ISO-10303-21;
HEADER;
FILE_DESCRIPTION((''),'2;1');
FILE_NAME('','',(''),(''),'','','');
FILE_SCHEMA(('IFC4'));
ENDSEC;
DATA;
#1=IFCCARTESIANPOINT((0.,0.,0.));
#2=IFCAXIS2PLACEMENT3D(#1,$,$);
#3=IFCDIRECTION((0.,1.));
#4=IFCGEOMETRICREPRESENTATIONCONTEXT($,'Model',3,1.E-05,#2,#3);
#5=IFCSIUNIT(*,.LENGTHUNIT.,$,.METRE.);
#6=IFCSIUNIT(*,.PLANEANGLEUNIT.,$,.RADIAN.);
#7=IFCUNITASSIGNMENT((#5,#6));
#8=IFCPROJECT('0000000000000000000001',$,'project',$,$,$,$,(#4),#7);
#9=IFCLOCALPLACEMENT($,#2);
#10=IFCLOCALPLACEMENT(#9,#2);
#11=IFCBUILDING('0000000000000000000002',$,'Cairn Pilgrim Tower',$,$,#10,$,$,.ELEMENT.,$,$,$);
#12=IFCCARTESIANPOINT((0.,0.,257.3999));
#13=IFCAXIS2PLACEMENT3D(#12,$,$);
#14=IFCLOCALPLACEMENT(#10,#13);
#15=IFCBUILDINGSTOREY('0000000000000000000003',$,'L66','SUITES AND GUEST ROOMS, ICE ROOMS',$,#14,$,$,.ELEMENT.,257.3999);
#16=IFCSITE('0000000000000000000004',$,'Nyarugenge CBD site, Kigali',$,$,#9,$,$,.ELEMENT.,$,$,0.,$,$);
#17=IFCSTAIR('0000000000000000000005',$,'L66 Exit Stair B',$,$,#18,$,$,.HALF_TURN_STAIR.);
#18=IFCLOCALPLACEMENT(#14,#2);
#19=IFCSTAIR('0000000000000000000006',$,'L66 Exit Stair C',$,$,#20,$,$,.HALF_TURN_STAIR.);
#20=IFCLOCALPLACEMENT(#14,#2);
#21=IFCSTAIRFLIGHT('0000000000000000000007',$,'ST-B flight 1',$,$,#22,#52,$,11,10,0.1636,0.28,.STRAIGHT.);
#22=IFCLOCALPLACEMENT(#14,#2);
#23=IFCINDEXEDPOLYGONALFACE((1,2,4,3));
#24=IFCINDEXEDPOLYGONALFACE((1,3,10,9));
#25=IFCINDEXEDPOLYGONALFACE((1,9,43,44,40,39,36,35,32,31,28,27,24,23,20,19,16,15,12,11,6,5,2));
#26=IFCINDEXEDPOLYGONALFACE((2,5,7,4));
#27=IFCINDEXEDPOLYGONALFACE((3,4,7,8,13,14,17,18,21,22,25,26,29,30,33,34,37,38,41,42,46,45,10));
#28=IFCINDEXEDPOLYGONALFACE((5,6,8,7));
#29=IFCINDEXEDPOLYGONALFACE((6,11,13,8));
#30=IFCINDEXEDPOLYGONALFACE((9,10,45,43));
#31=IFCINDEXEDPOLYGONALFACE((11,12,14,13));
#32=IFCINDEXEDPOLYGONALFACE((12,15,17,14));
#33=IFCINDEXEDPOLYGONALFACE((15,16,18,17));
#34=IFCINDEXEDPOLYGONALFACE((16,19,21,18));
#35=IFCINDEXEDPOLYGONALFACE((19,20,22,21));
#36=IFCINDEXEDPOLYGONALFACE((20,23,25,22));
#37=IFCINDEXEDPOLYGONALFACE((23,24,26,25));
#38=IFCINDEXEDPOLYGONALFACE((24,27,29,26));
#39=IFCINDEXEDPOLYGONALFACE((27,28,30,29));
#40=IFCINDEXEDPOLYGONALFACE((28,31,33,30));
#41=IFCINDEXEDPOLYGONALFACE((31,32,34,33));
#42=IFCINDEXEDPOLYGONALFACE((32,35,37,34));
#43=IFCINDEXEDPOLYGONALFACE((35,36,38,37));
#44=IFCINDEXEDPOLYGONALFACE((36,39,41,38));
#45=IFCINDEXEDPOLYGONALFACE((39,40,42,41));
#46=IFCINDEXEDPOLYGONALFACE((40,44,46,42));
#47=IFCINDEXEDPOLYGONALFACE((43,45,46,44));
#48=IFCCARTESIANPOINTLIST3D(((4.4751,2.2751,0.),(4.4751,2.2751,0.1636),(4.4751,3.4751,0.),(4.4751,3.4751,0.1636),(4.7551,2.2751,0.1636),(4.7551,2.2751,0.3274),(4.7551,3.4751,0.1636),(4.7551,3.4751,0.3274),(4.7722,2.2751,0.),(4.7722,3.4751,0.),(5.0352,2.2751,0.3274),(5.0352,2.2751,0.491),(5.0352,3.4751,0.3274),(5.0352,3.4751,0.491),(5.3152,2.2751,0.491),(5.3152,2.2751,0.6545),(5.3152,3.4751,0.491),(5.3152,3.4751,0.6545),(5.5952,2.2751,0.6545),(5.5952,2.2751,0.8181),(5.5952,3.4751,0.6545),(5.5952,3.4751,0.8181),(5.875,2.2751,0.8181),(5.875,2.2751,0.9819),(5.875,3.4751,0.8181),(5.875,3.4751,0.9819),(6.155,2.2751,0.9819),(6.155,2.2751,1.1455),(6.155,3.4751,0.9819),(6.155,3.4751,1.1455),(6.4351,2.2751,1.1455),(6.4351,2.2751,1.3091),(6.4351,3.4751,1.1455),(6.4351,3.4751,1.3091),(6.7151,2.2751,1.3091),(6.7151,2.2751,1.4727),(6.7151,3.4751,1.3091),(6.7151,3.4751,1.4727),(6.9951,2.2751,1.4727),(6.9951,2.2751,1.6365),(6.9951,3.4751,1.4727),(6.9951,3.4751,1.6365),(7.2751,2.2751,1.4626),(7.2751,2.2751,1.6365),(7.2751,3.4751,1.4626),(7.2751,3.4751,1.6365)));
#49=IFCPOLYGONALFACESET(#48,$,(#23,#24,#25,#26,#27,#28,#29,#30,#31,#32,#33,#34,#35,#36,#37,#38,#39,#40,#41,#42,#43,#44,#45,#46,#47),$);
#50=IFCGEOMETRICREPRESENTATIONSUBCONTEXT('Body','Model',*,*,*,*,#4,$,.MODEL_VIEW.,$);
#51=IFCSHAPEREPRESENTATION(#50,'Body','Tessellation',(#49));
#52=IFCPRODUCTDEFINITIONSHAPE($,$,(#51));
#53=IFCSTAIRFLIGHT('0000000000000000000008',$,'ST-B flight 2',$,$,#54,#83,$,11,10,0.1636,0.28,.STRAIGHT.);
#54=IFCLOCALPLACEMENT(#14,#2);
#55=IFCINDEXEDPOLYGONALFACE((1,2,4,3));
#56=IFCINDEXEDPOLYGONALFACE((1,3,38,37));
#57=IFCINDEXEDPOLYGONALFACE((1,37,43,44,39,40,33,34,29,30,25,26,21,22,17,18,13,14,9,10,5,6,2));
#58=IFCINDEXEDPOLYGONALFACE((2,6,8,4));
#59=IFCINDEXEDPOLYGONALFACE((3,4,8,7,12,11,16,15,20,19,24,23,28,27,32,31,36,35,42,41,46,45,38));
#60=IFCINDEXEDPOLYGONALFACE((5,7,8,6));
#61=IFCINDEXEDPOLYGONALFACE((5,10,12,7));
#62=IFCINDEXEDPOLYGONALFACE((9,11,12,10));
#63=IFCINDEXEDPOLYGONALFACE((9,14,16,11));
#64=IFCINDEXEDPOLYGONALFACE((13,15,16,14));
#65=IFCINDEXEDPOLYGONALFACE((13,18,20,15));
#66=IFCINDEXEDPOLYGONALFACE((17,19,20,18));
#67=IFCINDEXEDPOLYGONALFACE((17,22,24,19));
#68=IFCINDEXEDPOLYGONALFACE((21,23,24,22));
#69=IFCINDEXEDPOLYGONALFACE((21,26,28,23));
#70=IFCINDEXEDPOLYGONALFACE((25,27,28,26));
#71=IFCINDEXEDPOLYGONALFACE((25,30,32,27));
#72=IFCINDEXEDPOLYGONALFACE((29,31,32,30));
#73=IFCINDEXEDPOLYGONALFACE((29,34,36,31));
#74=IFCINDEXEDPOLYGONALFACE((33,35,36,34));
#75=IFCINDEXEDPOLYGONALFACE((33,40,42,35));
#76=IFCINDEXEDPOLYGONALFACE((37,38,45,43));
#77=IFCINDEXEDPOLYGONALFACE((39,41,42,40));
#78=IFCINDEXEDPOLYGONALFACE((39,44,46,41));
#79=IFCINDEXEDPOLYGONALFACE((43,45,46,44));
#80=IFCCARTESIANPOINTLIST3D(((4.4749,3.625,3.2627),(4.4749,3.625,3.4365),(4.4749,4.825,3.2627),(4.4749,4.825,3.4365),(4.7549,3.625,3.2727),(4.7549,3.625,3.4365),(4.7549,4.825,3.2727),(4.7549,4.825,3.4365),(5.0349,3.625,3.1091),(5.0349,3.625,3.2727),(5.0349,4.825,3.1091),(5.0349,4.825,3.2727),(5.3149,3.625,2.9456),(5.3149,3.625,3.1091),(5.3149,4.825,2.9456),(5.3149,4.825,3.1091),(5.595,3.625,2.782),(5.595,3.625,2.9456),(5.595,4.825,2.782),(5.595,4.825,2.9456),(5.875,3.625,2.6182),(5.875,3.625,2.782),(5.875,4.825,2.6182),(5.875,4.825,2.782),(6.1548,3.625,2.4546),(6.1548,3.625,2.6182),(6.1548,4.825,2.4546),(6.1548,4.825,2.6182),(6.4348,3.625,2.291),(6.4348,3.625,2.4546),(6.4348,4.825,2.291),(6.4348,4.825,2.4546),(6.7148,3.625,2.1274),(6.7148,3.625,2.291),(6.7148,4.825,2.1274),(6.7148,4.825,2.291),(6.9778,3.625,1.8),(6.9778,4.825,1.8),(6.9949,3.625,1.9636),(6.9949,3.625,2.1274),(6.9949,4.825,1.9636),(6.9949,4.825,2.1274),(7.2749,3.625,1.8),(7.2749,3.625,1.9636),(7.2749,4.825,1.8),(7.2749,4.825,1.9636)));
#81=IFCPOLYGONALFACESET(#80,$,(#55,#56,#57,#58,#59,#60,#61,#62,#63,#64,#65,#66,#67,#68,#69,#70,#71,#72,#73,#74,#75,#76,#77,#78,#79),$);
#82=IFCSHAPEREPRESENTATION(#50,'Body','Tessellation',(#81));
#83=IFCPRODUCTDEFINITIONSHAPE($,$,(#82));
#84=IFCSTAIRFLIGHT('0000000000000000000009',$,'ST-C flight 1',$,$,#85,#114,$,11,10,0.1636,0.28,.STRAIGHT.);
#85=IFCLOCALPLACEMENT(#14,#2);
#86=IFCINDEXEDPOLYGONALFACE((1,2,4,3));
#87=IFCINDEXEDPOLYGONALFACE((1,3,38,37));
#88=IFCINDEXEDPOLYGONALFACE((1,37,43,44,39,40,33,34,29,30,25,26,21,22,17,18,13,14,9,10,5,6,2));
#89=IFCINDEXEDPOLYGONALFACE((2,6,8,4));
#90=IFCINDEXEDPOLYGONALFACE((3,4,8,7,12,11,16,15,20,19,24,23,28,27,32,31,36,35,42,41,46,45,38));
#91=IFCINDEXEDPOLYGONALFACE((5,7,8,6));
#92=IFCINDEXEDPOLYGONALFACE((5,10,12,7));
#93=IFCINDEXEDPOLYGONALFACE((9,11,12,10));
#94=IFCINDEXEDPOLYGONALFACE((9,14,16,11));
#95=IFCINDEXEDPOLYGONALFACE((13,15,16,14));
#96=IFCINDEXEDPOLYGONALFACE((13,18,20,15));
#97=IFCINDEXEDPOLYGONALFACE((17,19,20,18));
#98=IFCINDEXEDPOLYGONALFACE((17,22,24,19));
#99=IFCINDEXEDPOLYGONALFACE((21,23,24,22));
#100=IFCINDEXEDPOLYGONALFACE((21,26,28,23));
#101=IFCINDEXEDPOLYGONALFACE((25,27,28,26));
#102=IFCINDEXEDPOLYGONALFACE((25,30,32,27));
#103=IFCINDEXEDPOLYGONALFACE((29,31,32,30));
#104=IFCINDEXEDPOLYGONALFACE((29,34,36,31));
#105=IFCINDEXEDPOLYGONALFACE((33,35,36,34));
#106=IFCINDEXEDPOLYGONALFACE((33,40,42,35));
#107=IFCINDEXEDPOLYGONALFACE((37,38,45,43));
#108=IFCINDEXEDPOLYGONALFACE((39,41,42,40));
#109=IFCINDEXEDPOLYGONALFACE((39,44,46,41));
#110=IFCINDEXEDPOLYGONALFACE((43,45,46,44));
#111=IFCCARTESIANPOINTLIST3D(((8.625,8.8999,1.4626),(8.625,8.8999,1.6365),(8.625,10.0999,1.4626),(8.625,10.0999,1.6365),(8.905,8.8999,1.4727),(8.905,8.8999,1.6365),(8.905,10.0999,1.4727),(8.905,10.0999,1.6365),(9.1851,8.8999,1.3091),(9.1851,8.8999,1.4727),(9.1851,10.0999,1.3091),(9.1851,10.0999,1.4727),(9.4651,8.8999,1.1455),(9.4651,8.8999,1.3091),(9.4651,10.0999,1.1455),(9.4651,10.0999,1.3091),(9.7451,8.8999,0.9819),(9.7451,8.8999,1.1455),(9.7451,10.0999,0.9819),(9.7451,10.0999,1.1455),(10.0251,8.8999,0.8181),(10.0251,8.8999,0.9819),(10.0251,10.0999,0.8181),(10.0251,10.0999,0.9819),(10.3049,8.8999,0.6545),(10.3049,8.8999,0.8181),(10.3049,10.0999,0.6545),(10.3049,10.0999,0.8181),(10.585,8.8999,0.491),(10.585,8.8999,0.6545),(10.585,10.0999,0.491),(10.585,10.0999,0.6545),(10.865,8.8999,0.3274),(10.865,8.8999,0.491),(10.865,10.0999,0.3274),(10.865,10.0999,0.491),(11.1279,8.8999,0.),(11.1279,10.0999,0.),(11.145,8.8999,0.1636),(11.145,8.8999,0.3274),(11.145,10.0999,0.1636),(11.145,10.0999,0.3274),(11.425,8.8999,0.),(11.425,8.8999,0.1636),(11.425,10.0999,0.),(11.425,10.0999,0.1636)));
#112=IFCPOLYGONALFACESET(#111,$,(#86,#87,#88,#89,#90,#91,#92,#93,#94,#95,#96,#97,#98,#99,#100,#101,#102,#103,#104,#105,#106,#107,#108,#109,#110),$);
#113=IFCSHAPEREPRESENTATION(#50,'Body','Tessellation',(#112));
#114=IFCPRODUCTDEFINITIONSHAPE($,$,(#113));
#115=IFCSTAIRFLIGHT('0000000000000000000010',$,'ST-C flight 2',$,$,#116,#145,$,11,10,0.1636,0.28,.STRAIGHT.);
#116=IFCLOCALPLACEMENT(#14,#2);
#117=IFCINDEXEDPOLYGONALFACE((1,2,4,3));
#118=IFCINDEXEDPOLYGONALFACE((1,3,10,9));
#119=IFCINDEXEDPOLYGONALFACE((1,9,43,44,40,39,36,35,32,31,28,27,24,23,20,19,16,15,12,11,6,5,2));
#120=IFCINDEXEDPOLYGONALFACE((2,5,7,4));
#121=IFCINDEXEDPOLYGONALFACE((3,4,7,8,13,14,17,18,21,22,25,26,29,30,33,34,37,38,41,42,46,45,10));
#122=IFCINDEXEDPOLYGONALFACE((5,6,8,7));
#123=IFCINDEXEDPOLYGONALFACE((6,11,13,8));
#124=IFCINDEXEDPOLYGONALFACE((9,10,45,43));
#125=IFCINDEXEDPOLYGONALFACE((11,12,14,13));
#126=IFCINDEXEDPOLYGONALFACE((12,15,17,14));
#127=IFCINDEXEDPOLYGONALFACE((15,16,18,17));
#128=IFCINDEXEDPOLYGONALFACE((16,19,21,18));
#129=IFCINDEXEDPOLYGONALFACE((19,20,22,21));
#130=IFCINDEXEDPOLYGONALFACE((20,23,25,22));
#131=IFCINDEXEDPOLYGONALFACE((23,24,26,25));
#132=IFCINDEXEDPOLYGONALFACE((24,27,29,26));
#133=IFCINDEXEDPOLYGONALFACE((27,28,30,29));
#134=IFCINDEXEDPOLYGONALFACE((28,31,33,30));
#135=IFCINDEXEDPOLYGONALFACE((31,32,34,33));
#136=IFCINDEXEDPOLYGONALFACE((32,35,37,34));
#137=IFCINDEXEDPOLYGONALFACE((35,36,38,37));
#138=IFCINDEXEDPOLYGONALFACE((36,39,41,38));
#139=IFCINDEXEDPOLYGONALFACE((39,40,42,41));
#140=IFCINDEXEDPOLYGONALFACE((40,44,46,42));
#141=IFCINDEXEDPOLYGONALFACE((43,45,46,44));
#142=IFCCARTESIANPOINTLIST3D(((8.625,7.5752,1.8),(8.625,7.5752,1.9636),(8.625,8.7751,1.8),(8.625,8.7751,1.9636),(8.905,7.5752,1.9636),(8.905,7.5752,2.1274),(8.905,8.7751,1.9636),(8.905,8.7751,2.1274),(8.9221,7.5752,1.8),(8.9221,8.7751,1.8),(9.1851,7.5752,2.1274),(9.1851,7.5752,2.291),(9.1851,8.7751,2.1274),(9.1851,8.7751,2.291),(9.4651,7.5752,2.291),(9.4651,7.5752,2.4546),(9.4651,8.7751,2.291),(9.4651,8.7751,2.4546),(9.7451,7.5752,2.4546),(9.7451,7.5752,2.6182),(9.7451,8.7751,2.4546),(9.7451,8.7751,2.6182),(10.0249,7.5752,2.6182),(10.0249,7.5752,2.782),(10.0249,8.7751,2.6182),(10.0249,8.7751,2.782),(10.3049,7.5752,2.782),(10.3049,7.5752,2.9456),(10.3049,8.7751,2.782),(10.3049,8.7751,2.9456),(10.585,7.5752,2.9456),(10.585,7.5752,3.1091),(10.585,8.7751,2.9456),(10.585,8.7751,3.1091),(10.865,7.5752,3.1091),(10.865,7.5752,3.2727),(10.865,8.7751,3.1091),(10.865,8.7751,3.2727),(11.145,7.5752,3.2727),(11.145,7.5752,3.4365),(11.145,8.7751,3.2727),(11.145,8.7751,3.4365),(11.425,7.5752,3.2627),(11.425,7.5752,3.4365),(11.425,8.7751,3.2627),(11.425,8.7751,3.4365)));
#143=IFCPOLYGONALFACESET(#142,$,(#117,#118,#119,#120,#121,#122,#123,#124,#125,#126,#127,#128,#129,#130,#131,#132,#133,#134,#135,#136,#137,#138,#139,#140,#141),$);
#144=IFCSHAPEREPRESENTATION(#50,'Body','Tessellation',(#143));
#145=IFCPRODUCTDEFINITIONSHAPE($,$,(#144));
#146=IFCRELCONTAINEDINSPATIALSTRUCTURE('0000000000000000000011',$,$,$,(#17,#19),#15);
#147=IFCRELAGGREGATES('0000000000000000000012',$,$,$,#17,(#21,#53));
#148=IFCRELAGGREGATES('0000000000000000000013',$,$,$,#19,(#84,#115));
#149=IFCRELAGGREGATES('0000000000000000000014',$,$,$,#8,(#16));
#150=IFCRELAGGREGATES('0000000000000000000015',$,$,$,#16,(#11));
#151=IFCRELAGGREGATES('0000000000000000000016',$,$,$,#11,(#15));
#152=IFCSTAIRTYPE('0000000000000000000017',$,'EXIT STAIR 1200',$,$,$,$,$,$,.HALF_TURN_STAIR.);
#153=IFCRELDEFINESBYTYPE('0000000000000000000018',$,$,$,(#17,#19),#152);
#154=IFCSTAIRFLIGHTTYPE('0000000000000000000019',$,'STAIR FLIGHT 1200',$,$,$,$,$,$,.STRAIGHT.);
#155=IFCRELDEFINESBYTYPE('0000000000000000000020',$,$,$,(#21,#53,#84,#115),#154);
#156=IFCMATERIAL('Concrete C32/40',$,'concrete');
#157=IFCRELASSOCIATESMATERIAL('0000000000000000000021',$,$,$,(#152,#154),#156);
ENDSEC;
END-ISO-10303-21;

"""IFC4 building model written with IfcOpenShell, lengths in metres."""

from ifc_helpers import new_model, si_unit, direction, frame, origin, place, context, subcontext, project, spatial, polyline, outline, extrude, material, type_object, element, aggregate, save


model = new_model("IFC4")

# Units and contexts
model_context = context("Model", 3, precision=1e-05, world=origin(), true_north=direction((0.0, 1.0)))
body_context = subcontext(model_context, "Body", "Model", "MODEL_VIEW")
ifc_project = project(units=[si_unit("LENGTHUNIT", "METRE"), si_unit("PLANEANGLEUNIT", "RADIAN")], contexts=[model_context])

# Site, building, storey
site_placement = place(None, origin())
site = spatial("IfcSite", under=ifc_project, at=site_placement, Name="Nyarugenge CBD site, Kigali", CompositionType="ELEMENT", RefElevation=0.0)
building_placement = place(site_placement, origin())
building = spatial("IfcBuilding", under=site, at=building_placement, Name="Cairn Pilgrim Tower", CompositionType="ELEMENT")
storey_placement = place(building_placement, frame((0.0, 0.0, 257.3999)))
storey = spatial("IfcBuildingStorey", under=building, at=storey_placement, Name="L66", Description="SUITES AND GUEST ROOMS, ICE ROOMS", CompositionType="ELEMENT", Elevation=257.3999)

# Stairs
ifc_material_1 = material(Name="Concrete C32/40", Category="concrete")
stair_type = type_object("IfcStairType", Name="EXIT STAIR 1200", PredefinedType="HALF_TURN_STAIR", material=ifc_material_1)
stair_1_placement = place(storey_placement, origin())
stair_1 = element("IfcStair", 1, at=stair_1_placement, inside=storey, type_object=stair_type, Name="L66 Exit Stair B", PredefinedType="HALF_TURN_STAIR")
stair_2_placement = place(storey_placement, origin())
stair_2 = element("IfcStair", 2, at=stair_2_placement, inside=storey, type_object=stair_type, Name="L66 Exit Stair C", PredefinedType="HALF_TURN_STAIR")

# Stair flights
stair_flight_type = type_object("IfcStairFlightType", Name="STAIR FLIGHT 1200", PredefinedType="STRAIGHT", material=ifc_material_1)
stair_flight_1_placement = place(storey_placement, frame((4.4751, 2.875, 0.0), z_axis=(0.0, 0.0, 1.0), x_axis=(1.0, 0.0, 0.0)))
stair_flight_1 = element("IfcStairFlight", 3, at=stair_flight_1_placement, type_object=stair_flight_type, Name="ST-B flight 1", NumberOfRisers=11, NumberOfTreads=10, PredefinedType="STRAIGHT", RiserHeight=0.1636, TreadLength=0.28, context=body_context, shape_type="SweptSolid", body=[
    extrude(outline(polyline([(0.0, 0.0), (0.0, 0.1636), (0.28, 0.1636), (0.28, 0.3274), (0.5601, 0.3274), (0.5601, 0.491), (0.8401, 0.491), (0.8401, 0.6545), (1.1201, 0.6545), (1.1201, 0.8181), (1.3999, 0.8181), (1.3999, 0.9819), (1.6799, 0.9819), (1.6799, 1.1455), (1.96, 1.1455), (1.96, 1.3091), (2.24, 1.3091), (2.24, 1.4727), (2.52, 1.4727), (2.52, 1.6365), (2.8, 1.6365), (2.8, 1.8), (2.8, 1.4626), (0.2971, 0.0), (0.0, 0.0)])), frame((0.0, 0.6001, 0.0), z_axis=(0.0, -1.0, 0.0), x_axis=(1.0, 0.0, 0.0)), (0.0, 0.0, 1.0), 1.2),
])
stair_flight_2_placement = place(storey_placement, frame((7.2749, 4.2251, 1.8), z_axis=(0.0, 0.0, 1.0), x_axis=(-1.0, 0.0, 0.0)))
stair_flight_2 = element("IfcStairFlight", 4, at=stair_flight_2_placement, type_object=stair_flight_type, Name="ST-B flight 2", NumberOfRisers=11, NumberOfTreads=10, PredefinedType="STRAIGHT", RiserHeight=0.1636, TreadLength=0.28, context=body_context, shape_type="SweptSolid", body=[
    extrude(outline(polyline([(0.0, 0.0), (0.0, 0.1636), (0.28, 0.1636), (0.28, 0.3274), (0.5601, 0.3274), (0.5601, 0.491), (0.8401, 0.491), (0.8401, 0.6545), (1.1201, 0.6545), (1.1201, 0.8181), (1.3999, 0.8181), (1.3999, 0.9819), (1.6799, 0.9819), (1.6799, 1.1455), (1.96, 1.1455), (1.96, 1.3091), (2.24, 1.3091), (2.24, 1.4727), (2.52, 1.4727), (2.52, 1.6365), (2.8, 1.6365), (2.8, 1.8), (2.8, 1.4626), (0.2971, 0.0), (0.0, 0.0)])), frame((0.0, 0.6001, 0.0), z_axis=(0.0, -1.0, 0.0), x_axis=(1.0, 0.0, 0.0)), (0.0, 0.0, 1.0), 1.2),
])
aggregate(stair_1, [stair_flight_1, stair_flight_2])
stair_flight_3_placement = place(storey_placement, frame((11.425, 9.5, 0.0), z_axis=(0.0, 0.0, 1.0), x_axis=(-1.0, 0.0, 0.0)))
stair_flight_3 = element("IfcStairFlight", 5, at=stair_flight_3_placement, type_object=stair_flight_type, Name="ST-C flight 1", NumberOfRisers=11, NumberOfTreads=10, PredefinedType="STRAIGHT", RiserHeight=0.1636, TreadLength=0.28, context=body_context, shape_type="SweptSolid", body=[
    extrude(outline(polyline([(0.0, 0.0), (0.0, 0.1636), (0.28, 0.1636), (0.28, 0.3274), (0.5601, 0.3274), (0.5601, 0.491), (0.8401, 0.491), (0.8401, 0.6545), (1.1201, 0.6545), (1.1201, 0.8181), (1.3999, 0.8181), (1.3999, 0.9819), (1.6799, 0.9819), (1.6799, 1.1455), (1.96, 1.1455), (1.96, 1.3091), (2.24, 1.3091), (2.24, 1.4727), (2.52, 1.4727), (2.52, 1.6365), (2.8, 1.6365), (2.8, 1.8), (2.8, 1.4626), (0.2971, 0.0), (0.0, 0.0)])), frame((0.0, 0.6001, 0.0), z_axis=(0.0, -1.0, 0.0), x_axis=(1.0, 0.0, 0.0)), (0.0, 0.0, 1.0), 1.2),
])
stair_flight_4_placement = place(storey_placement, frame((8.625, 8.175, 1.8), z_axis=(0.0, 0.0, 1.0), x_axis=(1.0, 0.0, 0.0)))
stair_flight_4 = element("IfcStairFlight", 6, at=stair_flight_4_placement, type_object=stair_flight_type, Name="ST-C flight 2", NumberOfRisers=11, NumberOfTreads=10, PredefinedType="STRAIGHT", RiserHeight=0.1636, TreadLength=0.28, context=body_context, shape_type="SweptSolid", body=[
    extrude(outline(polyline([(0.0, 0.0), (0.0, 0.1636), (0.28, 0.1636), (0.28, 0.3274), (0.5601, 0.3274), (0.5601, 0.491), (0.8401, 0.491), (0.8401, 0.6545), (1.1201, 0.6545), (1.1201, 0.8181), (1.3999, 0.8181), (1.3999, 0.9819), (1.6799, 0.9819), (1.6799, 1.1455), (1.96, 1.1455), (1.96, 1.3091), (2.24, 1.3091), (2.24, 1.4727), (2.52, 1.4727), (2.52, 1.6365), (2.8, 1.6365), (2.8, 1.8), (2.8, 1.4626), (0.2971, 0.0), (0.0, 0.0)])), frame((0.0, 0.6001, 0.0), z_axis=(0.0, -1.0, 0.0), x_axis=(1.0, 0.0, 0.0)), (0.0, 0.0, 1.0), 1.2),
])
aggregate(stair_2, [stair_flight_3, stair_flight_4])

save(model, "model.ifc")
